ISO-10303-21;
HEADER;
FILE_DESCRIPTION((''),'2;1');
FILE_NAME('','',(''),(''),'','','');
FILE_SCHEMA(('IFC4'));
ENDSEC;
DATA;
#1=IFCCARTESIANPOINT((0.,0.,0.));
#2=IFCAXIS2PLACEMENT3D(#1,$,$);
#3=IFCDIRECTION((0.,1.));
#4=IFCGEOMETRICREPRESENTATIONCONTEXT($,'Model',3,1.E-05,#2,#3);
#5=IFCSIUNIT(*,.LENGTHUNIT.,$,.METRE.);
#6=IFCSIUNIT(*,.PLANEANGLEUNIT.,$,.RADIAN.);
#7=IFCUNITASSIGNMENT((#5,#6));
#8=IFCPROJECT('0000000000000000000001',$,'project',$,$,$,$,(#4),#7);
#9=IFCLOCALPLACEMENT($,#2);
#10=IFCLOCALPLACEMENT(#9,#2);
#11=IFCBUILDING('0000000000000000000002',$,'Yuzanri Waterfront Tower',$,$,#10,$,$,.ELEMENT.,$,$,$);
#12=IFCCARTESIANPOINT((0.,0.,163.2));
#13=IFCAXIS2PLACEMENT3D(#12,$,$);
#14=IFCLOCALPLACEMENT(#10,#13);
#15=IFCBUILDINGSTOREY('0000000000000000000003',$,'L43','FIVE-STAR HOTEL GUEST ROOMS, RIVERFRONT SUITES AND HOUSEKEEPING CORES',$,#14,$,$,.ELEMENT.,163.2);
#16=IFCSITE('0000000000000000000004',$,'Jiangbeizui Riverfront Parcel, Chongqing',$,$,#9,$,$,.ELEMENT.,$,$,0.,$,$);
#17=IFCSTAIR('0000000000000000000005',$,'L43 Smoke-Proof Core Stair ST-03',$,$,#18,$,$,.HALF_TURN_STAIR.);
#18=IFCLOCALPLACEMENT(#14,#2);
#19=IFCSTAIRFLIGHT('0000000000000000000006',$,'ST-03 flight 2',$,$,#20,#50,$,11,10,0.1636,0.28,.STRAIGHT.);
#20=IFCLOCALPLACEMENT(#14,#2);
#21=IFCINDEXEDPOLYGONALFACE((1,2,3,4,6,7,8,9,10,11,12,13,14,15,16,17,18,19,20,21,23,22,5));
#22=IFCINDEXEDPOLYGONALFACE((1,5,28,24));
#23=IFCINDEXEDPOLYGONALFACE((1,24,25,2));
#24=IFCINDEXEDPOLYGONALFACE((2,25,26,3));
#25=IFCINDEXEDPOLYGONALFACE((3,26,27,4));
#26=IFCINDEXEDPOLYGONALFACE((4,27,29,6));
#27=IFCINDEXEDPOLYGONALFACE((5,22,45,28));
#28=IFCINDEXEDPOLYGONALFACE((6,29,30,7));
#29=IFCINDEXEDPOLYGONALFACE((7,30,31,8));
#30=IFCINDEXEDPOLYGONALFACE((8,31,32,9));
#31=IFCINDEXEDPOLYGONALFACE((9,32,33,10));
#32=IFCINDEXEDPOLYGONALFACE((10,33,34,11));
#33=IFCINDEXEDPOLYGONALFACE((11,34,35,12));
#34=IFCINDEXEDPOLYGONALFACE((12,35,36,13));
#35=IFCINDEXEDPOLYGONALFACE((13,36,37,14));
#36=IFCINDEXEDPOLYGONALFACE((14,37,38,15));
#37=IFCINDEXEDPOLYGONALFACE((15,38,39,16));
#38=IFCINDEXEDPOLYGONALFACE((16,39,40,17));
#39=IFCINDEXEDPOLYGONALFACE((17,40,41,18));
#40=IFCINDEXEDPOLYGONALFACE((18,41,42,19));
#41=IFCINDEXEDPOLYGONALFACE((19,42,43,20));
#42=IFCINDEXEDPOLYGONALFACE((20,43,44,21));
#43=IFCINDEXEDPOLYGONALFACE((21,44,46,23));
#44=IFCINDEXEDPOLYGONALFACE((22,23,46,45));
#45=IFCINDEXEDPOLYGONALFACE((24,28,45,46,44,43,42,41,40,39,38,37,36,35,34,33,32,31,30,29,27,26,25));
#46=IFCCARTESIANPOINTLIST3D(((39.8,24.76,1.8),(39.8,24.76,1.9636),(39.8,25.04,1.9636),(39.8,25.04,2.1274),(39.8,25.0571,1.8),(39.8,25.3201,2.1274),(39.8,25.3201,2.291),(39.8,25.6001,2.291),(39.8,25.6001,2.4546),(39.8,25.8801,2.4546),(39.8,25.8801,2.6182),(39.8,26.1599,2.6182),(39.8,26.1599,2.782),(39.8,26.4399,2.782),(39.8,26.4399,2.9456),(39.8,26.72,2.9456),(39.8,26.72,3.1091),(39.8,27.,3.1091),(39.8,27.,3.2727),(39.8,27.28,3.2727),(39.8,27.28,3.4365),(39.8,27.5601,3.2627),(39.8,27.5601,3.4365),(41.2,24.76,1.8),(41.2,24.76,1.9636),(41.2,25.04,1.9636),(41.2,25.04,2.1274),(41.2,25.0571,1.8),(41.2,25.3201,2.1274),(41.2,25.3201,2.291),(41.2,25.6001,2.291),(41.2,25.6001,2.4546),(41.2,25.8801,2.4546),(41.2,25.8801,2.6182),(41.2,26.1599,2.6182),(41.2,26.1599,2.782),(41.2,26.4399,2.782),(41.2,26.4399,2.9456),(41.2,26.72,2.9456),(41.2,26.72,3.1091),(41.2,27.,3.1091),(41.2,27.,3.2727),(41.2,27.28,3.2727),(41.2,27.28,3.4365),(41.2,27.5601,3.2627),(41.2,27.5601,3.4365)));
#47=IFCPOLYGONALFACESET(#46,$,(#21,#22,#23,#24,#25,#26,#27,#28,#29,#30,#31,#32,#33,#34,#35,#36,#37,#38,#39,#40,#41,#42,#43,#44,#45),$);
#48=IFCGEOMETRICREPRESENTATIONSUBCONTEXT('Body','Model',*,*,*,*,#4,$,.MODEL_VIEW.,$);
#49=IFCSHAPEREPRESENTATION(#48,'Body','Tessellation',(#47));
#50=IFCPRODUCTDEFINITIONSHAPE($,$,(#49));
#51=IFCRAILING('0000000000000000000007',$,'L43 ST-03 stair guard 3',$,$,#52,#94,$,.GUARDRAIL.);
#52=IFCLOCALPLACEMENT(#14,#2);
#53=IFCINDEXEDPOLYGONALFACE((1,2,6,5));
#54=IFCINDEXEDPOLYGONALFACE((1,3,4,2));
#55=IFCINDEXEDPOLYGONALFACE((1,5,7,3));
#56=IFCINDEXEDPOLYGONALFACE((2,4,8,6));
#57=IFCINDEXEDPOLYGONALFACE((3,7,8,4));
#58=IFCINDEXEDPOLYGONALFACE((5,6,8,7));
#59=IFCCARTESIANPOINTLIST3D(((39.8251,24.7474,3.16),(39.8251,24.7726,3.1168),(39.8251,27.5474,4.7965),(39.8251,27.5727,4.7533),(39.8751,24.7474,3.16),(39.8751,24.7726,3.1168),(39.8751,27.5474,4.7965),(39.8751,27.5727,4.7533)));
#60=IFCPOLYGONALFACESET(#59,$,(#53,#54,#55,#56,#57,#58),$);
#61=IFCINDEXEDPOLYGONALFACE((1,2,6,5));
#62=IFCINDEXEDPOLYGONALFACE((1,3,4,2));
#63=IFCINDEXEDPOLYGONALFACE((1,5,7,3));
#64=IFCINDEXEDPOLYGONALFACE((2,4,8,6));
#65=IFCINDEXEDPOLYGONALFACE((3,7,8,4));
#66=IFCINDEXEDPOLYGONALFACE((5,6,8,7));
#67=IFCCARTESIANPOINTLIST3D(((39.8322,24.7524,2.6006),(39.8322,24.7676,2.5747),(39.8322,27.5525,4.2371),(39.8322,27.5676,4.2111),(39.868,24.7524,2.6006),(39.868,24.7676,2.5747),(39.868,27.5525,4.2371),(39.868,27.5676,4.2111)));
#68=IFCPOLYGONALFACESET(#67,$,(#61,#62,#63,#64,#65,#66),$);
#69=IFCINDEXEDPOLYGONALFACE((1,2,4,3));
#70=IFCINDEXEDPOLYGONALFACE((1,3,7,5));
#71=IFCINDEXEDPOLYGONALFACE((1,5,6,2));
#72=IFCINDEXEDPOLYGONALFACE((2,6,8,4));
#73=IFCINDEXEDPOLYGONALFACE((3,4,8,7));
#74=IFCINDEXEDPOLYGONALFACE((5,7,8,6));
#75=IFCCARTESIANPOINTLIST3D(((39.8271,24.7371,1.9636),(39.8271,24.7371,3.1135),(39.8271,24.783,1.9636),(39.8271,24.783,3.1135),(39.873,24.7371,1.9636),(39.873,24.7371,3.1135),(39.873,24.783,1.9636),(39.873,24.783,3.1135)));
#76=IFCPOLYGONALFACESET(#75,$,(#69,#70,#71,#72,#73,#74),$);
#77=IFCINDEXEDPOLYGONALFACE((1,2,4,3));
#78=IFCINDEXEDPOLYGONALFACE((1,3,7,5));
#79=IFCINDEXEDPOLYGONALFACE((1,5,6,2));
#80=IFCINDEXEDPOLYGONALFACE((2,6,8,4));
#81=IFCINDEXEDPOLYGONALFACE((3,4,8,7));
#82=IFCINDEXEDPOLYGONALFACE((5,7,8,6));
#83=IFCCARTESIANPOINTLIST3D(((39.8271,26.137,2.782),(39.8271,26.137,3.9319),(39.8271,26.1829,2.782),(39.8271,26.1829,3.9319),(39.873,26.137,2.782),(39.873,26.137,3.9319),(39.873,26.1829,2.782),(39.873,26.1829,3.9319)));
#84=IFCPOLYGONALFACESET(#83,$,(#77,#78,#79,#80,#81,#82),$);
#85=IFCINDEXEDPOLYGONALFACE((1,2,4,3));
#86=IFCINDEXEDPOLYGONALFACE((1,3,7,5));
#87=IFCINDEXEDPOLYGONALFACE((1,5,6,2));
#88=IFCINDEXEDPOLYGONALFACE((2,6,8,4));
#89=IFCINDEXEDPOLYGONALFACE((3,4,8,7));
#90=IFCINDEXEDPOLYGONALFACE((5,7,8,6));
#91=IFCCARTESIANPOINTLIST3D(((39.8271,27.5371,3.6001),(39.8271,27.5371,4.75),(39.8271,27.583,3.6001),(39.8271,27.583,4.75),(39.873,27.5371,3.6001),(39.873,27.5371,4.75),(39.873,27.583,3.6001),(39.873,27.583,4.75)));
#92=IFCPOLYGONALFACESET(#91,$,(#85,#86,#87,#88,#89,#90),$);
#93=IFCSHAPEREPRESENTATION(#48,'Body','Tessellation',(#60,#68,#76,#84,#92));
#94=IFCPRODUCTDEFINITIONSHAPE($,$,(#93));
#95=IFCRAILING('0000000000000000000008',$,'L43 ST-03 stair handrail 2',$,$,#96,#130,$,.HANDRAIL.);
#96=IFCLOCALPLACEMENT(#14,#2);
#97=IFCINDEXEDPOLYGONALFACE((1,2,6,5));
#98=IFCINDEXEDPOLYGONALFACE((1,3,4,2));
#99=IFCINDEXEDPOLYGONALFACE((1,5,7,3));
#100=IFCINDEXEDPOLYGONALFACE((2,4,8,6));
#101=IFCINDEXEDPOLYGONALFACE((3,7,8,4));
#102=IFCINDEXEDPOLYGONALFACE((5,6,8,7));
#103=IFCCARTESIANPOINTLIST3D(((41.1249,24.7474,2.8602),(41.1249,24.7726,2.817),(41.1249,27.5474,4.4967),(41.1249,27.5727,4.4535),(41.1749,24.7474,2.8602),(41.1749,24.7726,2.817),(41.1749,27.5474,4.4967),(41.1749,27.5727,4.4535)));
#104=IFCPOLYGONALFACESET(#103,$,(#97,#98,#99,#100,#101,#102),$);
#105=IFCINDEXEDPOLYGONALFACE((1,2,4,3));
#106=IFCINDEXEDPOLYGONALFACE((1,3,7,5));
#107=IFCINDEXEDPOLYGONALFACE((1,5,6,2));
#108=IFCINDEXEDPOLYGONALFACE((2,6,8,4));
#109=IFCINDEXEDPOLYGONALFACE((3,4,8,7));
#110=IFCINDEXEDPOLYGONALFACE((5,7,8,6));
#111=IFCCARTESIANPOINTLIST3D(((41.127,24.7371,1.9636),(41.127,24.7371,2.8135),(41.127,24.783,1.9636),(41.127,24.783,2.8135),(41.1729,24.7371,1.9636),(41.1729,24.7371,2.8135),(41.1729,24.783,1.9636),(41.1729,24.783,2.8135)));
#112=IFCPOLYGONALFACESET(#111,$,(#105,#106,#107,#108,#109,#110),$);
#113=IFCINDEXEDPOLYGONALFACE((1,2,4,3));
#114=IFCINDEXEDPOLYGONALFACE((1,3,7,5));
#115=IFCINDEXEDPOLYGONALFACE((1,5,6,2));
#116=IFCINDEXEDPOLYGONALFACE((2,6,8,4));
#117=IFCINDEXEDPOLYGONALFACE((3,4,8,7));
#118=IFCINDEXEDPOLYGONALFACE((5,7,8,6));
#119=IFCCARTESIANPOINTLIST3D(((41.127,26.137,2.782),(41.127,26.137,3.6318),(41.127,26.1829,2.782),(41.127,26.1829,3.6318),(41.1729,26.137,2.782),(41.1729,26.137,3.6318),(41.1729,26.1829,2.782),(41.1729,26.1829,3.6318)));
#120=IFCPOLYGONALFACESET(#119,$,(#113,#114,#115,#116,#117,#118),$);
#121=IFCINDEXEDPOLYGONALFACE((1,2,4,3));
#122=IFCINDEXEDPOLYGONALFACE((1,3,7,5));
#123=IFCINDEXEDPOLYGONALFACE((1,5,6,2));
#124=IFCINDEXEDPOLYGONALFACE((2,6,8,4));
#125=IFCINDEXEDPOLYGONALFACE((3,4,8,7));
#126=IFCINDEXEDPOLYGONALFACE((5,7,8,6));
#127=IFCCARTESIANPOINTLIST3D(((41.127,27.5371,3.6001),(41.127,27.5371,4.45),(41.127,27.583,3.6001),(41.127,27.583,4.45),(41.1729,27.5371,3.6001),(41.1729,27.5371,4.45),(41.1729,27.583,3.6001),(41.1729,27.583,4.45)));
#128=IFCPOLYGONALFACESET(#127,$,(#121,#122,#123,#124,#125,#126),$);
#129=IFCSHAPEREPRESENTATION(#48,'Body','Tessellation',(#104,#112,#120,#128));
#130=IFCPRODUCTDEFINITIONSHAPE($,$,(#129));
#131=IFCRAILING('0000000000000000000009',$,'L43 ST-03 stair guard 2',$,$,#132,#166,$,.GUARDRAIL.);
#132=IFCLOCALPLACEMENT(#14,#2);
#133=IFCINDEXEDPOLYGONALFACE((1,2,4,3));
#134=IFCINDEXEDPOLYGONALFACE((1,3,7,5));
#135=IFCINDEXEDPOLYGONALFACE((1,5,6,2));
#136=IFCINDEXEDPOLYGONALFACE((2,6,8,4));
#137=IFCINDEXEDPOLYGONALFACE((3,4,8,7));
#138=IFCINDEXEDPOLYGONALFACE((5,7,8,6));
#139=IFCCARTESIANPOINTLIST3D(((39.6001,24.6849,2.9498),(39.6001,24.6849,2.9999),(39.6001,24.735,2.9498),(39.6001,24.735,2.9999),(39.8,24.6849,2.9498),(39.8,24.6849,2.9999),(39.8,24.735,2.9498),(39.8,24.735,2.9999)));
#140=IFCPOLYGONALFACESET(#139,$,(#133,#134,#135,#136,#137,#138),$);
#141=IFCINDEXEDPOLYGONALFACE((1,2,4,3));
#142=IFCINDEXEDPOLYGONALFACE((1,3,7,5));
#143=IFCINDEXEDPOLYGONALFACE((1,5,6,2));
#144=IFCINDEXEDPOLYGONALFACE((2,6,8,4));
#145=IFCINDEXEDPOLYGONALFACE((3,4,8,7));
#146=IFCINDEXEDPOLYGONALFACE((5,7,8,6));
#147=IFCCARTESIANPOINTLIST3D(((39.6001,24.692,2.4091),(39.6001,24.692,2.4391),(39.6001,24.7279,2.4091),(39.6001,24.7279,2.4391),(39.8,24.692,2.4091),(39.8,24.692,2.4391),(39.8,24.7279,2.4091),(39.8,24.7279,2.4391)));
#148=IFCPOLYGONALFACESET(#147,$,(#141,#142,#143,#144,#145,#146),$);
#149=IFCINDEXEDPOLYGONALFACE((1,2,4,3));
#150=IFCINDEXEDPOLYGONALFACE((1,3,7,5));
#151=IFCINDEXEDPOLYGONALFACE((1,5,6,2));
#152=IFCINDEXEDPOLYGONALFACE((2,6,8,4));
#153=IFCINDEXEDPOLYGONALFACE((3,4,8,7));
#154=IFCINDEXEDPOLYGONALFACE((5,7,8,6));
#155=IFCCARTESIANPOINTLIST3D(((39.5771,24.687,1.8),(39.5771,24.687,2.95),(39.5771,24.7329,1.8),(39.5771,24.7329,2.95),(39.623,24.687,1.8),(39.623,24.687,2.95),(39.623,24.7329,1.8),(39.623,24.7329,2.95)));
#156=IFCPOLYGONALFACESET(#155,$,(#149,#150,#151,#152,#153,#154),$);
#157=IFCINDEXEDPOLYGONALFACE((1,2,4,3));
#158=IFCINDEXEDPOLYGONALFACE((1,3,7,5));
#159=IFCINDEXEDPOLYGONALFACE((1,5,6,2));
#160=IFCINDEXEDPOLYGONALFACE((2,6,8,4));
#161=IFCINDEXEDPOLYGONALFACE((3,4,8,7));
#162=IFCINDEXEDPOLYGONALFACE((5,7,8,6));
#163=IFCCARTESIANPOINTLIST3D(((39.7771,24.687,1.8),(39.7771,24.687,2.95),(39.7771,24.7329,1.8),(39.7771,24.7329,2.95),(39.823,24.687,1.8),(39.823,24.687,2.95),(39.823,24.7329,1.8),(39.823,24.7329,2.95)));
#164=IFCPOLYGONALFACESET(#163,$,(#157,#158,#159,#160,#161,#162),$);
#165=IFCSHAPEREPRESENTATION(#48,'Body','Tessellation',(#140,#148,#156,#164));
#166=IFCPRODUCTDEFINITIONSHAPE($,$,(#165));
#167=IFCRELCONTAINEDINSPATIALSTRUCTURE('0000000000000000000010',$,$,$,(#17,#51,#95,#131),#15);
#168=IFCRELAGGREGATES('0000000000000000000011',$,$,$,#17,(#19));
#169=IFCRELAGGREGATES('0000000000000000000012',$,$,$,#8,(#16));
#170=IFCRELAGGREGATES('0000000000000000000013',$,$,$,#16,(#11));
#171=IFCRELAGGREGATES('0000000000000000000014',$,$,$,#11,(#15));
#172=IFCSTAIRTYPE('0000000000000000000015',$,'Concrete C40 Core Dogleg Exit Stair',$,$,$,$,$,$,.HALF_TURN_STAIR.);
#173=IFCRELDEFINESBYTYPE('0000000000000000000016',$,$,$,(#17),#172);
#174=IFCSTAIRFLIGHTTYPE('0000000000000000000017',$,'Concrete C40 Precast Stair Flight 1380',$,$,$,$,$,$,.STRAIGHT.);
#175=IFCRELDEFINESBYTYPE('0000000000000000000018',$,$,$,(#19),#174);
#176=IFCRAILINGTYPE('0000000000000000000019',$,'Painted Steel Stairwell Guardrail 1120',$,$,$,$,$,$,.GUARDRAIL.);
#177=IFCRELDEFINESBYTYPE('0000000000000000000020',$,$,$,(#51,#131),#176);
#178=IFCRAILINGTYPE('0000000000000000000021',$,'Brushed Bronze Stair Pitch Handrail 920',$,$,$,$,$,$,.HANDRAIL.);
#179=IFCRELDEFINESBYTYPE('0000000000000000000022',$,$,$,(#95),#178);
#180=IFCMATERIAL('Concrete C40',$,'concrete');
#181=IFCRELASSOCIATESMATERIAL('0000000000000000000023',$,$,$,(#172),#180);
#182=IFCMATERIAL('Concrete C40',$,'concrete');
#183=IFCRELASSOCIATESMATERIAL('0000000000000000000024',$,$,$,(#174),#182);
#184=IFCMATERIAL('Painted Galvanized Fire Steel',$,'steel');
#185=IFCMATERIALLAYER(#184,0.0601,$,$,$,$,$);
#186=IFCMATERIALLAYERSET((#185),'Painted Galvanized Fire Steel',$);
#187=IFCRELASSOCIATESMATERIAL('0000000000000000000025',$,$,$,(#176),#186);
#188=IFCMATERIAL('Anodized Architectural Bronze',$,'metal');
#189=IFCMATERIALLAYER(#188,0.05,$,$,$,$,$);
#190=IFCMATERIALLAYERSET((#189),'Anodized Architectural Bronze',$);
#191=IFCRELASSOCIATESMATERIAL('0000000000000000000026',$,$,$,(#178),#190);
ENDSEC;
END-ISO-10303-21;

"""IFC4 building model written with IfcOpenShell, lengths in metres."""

from ifc_helpers import new_model, si_unit, direction, frame, origin, origin_2d, place, context, subcontext, project, spatial, polyline, rectangle, outline, extrude, source, transform, mapped, material, layer, layer_set, type_object, element, aggregate, save


model = new_model("IFC4")

# Units and contexts
model_context = context("Model", 3, precision=1e-05, world=origin(), true_north=direction((0.0, 1.0)))
body_context = subcontext(model_context, "Body", "Model", "MODEL_VIEW")
ifc_project = project(units=[si_unit("LENGTHUNIT", "METRE"), si_unit("PLANEANGLEUNIT", "RADIAN")], contexts=[model_context])

# Site, building, storey
site_placement = place(None, origin())
site = spatial("IfcSite", under=ifc_project, at=site_placement, Name="Jiangbeizui Riverfront Parcel, Chongqing", CompositionType="ELEMENT", RefElevation=0.0)
building_placement = place(site_placement, origin())
building = spatial("IfcBuilding", under=site, at=building_placement, Name="Yuzanri Waterfront Tower", CompositionType="ELEMENT")
storey_placement = place(building_placement, frame((0.0, 0.0, 163.2)))
storey = spatial("IfcBuildingStorey", under=building, at=storey_placement, Name="L43", Description="FIVE-STAR HOTEL GUEST ROOMS, RIVERFRONT SUITES AND HOUSEKEEPING CORES", CompositionType="ELEMENT", Elevation=163.2)

# Stair, stair flight
ifc_material_1 = material(Name="Concrete C40", Category="concrete")
stair_type = type_object("IfcStairType", Name="Concrete C40 Core Dogleg Exit Stair", PredefinedType="HALF_TURN_STAIR", material=ifc_material_1)
stair_placement = place(storey_placement, origin())
stair = element("IfcStair", 1, at=stair_placement, inside=storey, type_object=stair_type, Name="L43 Smoke-Proof Core Stair ST-03", PredefinedType="HALF_TURN_STAIR")
ifc_material_2 = material(Name="Concrete C40", Category="concrete")
stair_flight_type = type_object("IfcStairFlightType", Name="Concrete C40 Precast Stair Flight 1380", PredefinedType="STRAIGHT", material=ifc_material_2)
shared_shape_1 = source(origin(), body_context, "Body", "SweptSolid", [
    extrude(outline(polyline([(0.0, 0.0), (0.0, 0.1636), (0.28, 0.1636), (0.28, 0.3274), (0.5601, 0.3274), (0.5601, 0.491), (0.8401, 0.491), (0.8401, 0.6545), (1.1201, 0.6545), (1.1201, 0.8181), (1.3999, 0.8181), (1.3999, 0.9819), (1.6799, 0.9819), (1.6799, 1.1455), (1.96, 1.1455), (1.96, 1.3091), (2.24, 1.3091), (2.24, 1.4727), (2.52, 1.4727), (2.52, 1.6365), (2.8, 1.6365), (2.8, 1.8), (2.8, 1.4626), (0.2971, 0.0), (0.0, 0.0)])), frame((0.0, 0.7, 0.0), z_axis=(0.0, -1.0, 0.0), x_axis=(1.0, 0.0, 0.0)), (0.0, 0.0, 1.0), 1.3999),
])
stair_flight_placement = place(storey_placement, frame((40.5, 24.76, 1.8), z_axis=(0.0, 0.0, 1.0), x_axis=(0.0, 1.0, 0.0)))
stair_flight = element("IfcStairFlight", 2, at=stair_flight_placement, type_object=stair_flight_type, Name="ST-03 flight 2", NumberOfRisers=11, NumberOfTreads=10, PredefinedType="STRAIGHT", RiserHeight=0.1636, TreadLength=0.28, context=body_context, shape_type="MappedRepresentation", body=[
    mapped(shared_shape_1, transform((0.0, 0.0, 0.0), scale=1.0)),
])
aggregate(stair, [stair_flight])

# Railings
ifc_material_3 = material(Name="Painted Galvanized Fire Steel", Category="steel")
ifc_layer_1 = layer(ifc_material_3, 0.0601)
ifc_layer_set_1 = layer_set([ifc_layer_1], Name="Painted Galvanized Fire Steel")
railing_type_1 = type_object("IfcRailingType", Name="Painted Steel Stairwell Guardrail 1120", PredefinedType="GUARDRAIL", material=ifc_layer_set_1)
shared_shape_2 = source(origin(), body_context, "Body", "SweptSolid", [
    extrude(rectangle(XDim=0.05, YDim=0.05, at=origin_2d()), frame((0.0, 0.0, 1.1748), z_axis=(0.0, 0.863361, 0.504587), x_axis=(-1.0, 0.0, 0.0)), (0.0, 0.0, 1.0), 3.2432),
    extrude(rectangle(XDim=0.0359, YDim=0.03, at=origin_2d()), frame((0.0, 0.0, 0.624), z_axis=(0.0, 0.863361, 0.504587), x_axis=(-1.0, 0.0, 0.0)), (0.0, 0.0, 1.0), 3.2432),
    extrude(rectangle(XDim=0.0459, YDim=0.0459, at=origin_2d()), origin(), (0.0, 0.0, 1.0), 1.1499),
    extrude(rectangle(XDim=0.0459, YDim=0.0459, at=origin_2d()), frame((0.0, 1.3999, 0.8184)), (0.0, 0.0, 1.0), 1.1499),
    extrude(rectangle(XDim=0.0459, YDim=0.0459, at=origin_2d()), frame((0.0, 2.8, 1.6365)), (0.0, 0.0, 1.0), 1.1499),
])
railing_1_placement = place(storey_placement, frame((39.8501, 24.76, 1.9636)))
element("IfcRailing", 3, at=railing_1_placement, inside=storey, type_object=railing_type_1, Name="L43 ST-03 stair guard 3", PredefinedType="GUARDRAIL", context=body_context, shape_type="MappedRepresentation", body=[
    mapped(shared_shape_2, transform((0.0, 0.0, 0.0), scale=1.0)),
])
ifc_material_4 = material(Name="Anodized Architectural Bronze", Category="metal")
ifc_layer_2 = layer(ifc_material_4, 0.05)
ifc_layer_set_2 = layer_set([ifc_layer_2], Name="Anodized Architectural Bronze")
railing_type_2 = type_object("IfcRailingType", Name="Brushed Bronze Stair Pitch Handrail 920", PredefinedType="HANDRAIL", material=ifc_layer_set_2)
shared_shape_3 = source(origin(), body_context, "Body", "SweptSolid", [
    extrude(rectangle(XDim=0.05, YDim=0.05, at=origin_2d()), frame((0.0, 0.0, 0.875), z_axis=(0.0, 0.863361, 0.504587), x_axis=(-1.0, 0.0, 0.0)), (0.0, 0.0, 1.0), 3.2432),
    extrude(rectangle(XDim=0.0459, YDim=0.0459, at=origin_2d()), origin(), (0.0, 0.0, 1.0), 0.8499),
    extrude(rectangle(XDim=0.0459, YDim=0.0459, at=origin_2d()), frame((0.0, 1.3999, 0.8184)), (0.0, 0.0, 1.0), 0.8499),
    extrude(rectangle(XDim=0.0459, YDim=0.0459, at=origin_2d()), frame((0.0, 2.8, 1.6365)), (0.0, 0.0, 1.0), 0.8499),
])
railing_2_placement = place(storey_placement, frame((41.1499, 24.76, 1.9636)))
element("IfcRailing", 4, at=railing_2_placement, inside=storey, type_object=railing_type_2, Name="L43 ST-03 stair handrail 2", PredefinedType="HANDRAIL", context=body_context, shape_type="MappedRepresentation", body=[
    mapped(shared_shape_3, transform((0.0, 0.0, 0.0), scale=1.0)),
])
shared_shape_4 = source(origin(), body_context, "Body", "SweptSolid", [
    extrude(rectangle(XDim=0.05, YDim=0.05, at=origin_2d()), frame((0.0, 0.0, 1.1748), z_axis=(1.0, 0.0, 0.0), x_axis=(0.0, 1.0, 0.0)), (0.0, 0.0, 1.0), 0.2),
    extrude(rectangle(XDim=0.0359, YDim=0.03, at=origin_2d()), frame((0.0, 0.0, 0.624), z_axis=(1.0, 0.0, 0.0), x_axis=(0.0, 1.0, 0.0)), (0.0, 0.0, 1.0), 0.2),
    extrude(rectangle(XDim=0.0459, YDim=0.0459, at=origin_2d()), origin(), (0.0, 0.0, 1.0), 1.1499),
    extrude(rectangle(XDim=0.0459, YDim=0.0459, at=origin_2d()), frame((0.2, 0.0, 0.0)), (0.0, 0.0, 1.0), 1.1499),
])
railing_3_placement = place(storey_placement, frame((39.6001, 24.71, 1.8)))
element("IfcRailing", 5, at=railing_3_placement, inside=storey, type_object=railing_type_1, Name="L43 ST-03 stair guard 2", PredefinedType="GUARDRAIL", context=body_context, shape_type="MappedRepresentation", body=[
    mapped(shared_shape_4, transform((0.0, 0.0, 0.0), scale=1.0)),
])

save(model, "model.ifc")
